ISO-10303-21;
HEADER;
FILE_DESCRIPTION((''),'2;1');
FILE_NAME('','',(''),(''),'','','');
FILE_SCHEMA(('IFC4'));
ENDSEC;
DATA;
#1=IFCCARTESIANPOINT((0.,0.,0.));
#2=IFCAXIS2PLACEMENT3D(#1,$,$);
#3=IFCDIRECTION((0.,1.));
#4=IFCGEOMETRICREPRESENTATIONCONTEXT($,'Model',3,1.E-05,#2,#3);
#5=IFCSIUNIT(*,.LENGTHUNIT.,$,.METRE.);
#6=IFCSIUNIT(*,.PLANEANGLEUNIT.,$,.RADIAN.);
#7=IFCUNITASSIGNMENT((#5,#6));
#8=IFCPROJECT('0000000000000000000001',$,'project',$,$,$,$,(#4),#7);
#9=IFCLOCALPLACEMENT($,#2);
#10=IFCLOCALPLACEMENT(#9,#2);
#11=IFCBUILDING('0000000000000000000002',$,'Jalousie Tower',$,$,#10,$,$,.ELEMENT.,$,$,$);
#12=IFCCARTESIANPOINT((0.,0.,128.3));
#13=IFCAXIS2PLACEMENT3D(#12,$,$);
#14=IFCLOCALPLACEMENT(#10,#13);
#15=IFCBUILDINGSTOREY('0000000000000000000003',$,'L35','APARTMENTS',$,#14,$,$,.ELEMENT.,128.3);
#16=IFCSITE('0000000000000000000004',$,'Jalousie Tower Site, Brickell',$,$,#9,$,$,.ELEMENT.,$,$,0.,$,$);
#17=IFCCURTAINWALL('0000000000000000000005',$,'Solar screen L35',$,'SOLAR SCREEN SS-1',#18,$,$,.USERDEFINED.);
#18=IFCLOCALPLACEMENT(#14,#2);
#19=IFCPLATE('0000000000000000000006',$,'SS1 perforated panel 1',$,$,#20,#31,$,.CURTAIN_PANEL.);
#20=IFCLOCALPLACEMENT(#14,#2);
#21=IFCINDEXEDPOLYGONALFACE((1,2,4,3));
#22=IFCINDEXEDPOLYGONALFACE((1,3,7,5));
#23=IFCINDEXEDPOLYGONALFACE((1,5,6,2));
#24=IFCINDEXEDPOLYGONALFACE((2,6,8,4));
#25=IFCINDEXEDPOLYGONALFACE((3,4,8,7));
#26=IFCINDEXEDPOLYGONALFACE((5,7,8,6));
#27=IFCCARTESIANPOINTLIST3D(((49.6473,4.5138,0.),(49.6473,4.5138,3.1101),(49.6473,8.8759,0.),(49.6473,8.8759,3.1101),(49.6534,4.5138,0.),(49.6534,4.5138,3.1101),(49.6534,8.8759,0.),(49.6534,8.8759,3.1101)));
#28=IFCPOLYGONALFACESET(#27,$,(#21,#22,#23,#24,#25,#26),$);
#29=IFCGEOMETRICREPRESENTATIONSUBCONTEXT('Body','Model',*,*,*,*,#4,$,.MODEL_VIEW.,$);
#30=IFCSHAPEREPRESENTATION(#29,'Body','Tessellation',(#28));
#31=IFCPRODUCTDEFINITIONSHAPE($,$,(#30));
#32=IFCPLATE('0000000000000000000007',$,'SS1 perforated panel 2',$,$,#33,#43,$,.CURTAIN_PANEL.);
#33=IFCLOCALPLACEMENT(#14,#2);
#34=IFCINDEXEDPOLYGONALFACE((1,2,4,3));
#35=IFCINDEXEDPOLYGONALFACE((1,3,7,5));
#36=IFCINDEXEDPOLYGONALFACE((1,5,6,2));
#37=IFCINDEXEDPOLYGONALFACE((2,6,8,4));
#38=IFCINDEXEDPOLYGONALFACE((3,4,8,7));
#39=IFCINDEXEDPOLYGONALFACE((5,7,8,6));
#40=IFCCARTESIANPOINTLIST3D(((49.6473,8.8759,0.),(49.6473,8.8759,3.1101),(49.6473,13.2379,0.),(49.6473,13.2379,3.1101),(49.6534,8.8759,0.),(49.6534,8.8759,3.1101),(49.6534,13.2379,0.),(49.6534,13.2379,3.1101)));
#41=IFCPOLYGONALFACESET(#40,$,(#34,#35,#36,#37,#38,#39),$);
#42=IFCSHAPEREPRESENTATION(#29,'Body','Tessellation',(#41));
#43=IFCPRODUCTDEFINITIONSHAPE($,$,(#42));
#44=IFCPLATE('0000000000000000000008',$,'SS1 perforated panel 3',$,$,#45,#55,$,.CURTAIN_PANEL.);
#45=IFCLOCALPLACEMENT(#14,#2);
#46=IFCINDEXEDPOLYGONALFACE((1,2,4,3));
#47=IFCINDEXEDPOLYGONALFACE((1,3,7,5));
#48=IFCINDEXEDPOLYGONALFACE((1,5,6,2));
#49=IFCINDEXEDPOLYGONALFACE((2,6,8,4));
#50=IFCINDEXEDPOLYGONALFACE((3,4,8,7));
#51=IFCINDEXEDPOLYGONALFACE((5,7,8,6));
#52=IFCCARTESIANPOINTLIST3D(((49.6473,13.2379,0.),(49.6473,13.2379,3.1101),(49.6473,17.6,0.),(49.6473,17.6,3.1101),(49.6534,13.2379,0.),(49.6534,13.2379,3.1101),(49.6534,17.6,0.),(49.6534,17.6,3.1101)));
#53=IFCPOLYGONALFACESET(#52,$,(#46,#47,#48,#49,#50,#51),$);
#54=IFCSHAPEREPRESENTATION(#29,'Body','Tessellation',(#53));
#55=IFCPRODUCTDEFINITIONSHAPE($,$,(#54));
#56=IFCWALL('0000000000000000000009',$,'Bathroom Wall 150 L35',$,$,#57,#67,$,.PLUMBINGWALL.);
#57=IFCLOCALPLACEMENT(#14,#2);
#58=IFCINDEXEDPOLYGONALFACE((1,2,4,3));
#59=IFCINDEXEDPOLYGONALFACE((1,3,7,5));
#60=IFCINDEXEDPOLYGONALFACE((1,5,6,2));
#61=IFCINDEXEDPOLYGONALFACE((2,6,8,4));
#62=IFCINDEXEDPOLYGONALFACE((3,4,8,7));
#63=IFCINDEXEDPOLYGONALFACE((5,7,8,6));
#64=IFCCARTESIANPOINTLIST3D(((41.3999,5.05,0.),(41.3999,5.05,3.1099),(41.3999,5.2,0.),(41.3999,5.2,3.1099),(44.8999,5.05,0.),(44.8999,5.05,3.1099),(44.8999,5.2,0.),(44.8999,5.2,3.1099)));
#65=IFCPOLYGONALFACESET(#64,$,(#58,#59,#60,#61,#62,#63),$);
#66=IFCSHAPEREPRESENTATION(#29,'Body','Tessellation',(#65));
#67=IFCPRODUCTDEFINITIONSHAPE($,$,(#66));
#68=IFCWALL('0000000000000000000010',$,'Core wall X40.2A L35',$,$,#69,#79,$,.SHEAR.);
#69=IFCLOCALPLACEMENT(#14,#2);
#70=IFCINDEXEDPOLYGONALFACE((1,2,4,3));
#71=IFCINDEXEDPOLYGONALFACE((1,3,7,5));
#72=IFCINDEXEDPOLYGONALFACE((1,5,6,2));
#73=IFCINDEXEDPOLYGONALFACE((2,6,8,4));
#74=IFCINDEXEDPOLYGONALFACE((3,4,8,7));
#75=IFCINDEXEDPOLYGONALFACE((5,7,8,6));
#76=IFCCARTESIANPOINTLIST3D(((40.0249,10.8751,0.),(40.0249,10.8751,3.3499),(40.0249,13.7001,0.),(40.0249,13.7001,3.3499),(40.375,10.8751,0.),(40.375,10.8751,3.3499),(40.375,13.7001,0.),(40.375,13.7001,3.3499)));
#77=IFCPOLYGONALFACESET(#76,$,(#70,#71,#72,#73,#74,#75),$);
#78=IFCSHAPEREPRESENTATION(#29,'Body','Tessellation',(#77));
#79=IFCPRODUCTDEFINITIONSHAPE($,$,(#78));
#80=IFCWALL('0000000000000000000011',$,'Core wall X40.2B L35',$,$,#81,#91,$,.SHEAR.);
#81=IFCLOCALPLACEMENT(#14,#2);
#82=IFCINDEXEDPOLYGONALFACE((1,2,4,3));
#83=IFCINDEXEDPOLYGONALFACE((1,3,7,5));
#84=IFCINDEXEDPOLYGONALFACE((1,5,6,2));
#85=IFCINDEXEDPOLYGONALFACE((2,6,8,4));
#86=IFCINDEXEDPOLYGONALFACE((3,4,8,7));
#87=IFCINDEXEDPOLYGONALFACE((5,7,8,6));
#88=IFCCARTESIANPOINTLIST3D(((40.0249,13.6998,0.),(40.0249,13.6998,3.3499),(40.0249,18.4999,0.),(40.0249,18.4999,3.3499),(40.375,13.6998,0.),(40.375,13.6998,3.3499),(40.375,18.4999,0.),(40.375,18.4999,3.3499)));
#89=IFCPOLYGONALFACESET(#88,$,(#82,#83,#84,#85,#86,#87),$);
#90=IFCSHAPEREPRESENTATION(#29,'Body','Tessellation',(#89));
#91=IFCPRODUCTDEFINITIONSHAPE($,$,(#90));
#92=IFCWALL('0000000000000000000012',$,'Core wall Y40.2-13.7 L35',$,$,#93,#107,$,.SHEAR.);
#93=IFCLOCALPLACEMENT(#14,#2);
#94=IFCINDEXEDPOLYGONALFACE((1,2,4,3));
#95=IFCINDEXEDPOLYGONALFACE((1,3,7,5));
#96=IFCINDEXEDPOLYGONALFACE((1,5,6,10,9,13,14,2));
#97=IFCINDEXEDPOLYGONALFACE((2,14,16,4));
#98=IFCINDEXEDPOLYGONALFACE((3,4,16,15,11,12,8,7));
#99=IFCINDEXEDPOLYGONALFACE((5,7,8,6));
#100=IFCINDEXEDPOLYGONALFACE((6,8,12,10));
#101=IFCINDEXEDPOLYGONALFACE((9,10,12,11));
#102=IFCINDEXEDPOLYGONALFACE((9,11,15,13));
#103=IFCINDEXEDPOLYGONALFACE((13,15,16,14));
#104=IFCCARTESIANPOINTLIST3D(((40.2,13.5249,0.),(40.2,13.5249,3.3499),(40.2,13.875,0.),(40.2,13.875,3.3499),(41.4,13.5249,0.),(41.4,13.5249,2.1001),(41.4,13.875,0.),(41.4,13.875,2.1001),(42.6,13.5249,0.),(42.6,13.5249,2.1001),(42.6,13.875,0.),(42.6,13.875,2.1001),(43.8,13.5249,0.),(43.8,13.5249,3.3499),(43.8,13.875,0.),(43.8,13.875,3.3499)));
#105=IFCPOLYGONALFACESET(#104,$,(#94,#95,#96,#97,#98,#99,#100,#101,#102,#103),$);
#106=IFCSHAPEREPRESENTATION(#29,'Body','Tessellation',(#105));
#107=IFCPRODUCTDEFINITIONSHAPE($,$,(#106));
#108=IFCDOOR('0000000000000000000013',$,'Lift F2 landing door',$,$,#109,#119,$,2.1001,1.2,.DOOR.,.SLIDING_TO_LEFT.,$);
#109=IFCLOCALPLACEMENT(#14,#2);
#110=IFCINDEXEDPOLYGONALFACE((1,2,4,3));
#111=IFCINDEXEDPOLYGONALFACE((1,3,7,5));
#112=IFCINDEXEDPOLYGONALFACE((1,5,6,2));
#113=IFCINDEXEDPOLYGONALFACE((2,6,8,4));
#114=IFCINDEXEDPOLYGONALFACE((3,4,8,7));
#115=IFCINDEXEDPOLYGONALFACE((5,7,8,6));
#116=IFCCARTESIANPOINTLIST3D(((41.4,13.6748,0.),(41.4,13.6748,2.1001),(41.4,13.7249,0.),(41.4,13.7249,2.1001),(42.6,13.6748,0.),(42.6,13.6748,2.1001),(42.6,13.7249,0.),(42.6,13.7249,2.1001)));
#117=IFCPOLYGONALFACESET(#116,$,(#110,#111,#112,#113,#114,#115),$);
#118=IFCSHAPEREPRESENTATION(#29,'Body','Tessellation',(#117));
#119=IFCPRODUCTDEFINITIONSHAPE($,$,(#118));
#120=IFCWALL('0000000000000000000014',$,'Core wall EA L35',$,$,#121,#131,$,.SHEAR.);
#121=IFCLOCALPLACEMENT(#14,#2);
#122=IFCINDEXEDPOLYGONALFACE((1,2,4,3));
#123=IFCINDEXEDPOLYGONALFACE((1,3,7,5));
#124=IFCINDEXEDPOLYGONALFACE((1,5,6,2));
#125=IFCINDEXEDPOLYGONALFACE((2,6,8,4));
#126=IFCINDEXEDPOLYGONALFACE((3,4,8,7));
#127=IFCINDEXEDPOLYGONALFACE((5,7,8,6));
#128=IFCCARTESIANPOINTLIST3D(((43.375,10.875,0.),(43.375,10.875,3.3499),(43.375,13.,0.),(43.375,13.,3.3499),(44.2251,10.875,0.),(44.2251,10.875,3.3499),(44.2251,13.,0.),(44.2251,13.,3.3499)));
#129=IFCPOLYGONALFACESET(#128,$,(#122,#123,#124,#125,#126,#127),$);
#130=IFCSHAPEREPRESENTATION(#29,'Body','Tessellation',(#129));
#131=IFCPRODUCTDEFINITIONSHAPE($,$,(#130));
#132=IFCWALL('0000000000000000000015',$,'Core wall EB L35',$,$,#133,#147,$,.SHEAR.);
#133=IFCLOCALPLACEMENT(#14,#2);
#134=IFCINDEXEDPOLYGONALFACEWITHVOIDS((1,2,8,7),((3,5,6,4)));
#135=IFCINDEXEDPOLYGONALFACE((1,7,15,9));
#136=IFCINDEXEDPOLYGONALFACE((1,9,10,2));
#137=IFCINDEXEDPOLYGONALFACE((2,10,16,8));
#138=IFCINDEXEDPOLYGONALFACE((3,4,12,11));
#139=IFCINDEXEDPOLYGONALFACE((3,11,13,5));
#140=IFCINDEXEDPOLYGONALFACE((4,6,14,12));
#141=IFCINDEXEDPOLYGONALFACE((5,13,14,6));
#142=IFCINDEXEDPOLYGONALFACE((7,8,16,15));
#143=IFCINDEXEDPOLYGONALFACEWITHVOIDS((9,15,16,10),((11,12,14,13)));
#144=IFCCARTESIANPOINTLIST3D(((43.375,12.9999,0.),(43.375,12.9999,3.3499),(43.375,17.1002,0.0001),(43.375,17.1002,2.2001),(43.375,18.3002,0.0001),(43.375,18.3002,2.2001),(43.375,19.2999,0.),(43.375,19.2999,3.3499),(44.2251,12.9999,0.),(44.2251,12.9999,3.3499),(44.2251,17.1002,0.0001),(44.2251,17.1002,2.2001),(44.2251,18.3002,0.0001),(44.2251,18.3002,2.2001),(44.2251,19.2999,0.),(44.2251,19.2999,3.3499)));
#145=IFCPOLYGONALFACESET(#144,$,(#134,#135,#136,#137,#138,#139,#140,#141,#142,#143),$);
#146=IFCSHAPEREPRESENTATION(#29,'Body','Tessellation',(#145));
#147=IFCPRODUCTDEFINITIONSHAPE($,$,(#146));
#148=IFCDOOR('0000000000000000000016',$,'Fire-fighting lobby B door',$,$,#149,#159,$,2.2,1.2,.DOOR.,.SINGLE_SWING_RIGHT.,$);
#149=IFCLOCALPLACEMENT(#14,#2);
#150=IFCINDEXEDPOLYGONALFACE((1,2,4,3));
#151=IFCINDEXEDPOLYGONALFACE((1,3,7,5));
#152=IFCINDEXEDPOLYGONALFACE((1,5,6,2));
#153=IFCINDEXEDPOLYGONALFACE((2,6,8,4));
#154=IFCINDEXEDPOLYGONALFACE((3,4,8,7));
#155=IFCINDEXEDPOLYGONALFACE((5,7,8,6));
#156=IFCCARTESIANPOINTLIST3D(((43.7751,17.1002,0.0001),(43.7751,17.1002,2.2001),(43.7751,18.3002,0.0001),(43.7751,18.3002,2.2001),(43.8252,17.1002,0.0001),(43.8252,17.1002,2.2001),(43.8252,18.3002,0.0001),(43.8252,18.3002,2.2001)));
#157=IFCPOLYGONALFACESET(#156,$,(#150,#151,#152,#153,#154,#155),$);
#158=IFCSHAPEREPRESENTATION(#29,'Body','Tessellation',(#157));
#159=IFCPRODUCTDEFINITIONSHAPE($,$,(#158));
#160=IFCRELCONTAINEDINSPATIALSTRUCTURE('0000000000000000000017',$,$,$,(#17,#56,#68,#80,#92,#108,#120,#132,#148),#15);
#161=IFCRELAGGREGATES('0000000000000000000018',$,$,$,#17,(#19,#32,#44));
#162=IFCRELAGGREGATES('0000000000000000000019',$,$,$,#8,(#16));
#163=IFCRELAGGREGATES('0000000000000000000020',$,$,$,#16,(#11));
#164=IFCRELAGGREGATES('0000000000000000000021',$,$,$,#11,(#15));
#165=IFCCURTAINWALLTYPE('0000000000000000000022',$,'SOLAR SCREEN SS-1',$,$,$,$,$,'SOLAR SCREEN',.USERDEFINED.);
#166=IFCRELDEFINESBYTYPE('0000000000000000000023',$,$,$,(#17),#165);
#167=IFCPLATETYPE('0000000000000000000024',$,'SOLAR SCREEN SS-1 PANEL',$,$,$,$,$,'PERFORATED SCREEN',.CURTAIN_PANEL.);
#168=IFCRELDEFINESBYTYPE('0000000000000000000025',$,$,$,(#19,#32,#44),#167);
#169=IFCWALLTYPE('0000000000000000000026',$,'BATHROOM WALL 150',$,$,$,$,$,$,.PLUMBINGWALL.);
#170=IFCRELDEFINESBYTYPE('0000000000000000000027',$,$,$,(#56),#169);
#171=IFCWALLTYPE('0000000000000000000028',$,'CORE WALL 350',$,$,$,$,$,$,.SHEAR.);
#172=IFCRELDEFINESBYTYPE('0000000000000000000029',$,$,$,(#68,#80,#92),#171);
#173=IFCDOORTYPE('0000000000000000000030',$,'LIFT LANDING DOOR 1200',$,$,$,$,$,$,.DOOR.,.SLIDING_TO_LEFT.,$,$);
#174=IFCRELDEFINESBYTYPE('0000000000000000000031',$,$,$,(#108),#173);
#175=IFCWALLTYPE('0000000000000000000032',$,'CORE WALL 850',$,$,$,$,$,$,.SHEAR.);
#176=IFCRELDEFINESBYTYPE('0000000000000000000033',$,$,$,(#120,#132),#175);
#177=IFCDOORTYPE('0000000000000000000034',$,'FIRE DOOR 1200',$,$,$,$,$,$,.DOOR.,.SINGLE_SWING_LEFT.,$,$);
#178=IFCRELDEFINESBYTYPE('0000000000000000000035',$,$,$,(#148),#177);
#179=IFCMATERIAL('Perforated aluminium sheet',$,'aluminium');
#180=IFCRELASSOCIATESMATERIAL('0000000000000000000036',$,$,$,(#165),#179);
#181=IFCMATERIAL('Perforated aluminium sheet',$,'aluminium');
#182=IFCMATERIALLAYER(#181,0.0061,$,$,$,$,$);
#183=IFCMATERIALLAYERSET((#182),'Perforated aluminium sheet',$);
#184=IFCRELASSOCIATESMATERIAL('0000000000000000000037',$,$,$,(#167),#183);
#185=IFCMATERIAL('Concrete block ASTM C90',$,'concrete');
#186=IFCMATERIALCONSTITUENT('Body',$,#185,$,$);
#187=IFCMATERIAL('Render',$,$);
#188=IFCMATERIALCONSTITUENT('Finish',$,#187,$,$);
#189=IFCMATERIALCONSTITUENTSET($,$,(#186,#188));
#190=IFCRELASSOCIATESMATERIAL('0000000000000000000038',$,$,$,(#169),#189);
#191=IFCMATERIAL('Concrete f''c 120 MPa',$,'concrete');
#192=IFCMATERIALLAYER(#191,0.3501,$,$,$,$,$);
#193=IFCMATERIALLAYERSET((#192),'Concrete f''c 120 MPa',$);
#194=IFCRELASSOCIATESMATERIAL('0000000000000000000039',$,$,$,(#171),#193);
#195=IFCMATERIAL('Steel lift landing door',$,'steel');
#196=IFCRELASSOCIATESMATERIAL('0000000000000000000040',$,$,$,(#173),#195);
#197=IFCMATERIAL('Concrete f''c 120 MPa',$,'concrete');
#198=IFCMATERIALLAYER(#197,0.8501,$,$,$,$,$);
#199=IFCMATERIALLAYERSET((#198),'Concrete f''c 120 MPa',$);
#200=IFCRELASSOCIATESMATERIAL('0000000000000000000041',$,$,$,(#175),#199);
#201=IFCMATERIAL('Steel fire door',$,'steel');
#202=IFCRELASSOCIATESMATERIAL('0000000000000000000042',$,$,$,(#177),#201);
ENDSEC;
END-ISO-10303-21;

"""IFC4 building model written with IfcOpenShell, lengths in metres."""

from ifc_helpers import new_model, si_unit, direction, frame, frame_2d, origin, origin_2d, place, context, subcontext, project, spatial, rectangle, extrude, material, layer, layer_set, constituent, constituent_set, type_object, element, fill, aggregate, save


model = new_model("IFC4")

# Units and contexts
model_context = context("Model", 3, precision=1e-05, world=origin(), true_north=direction((0.0, 1.0)))
body_context = subcontext(model_context, "Body", "Model", "MODEL_VIEW")
ifc_project = project(units=[si_unit("LENGTHUNIT", "METRE"), si_unit("PLANEANGLEUNIT", "RADIAN")], contexts=[model_context])

# Site, building, storey
site_placement = place(None, origin())
site = spatial("IfcSite", under=ifc_project, at=site_placement, Name="Jalousie Tower Site, Brickell", CompositionType="ELEMENT", RefElevation=0.0)
building_placement = place(site_placement, origin())
building = spatial("IfcBuilding", under=site, at=building_placement, Name="Jalousie Tower", CompositionType="ELEMENT")
storey_placement = place(building_placement, frame((0.0, 0.0, 128.3)))
storey = spatial("IfcBuildingStorey", under=building, at=storey_placement, Name="L35", Description="APARTMENTS", CompositionType="ELEMENT", Elevation=128.3)

# Curtain wall, plates
ifc_material_1 = material(Name="Perforated aluminium sheet", Category="aluminium")
curtain_wall_type = type_object("IfcCurtainWallType", Name="SOLAR SCREEN SS-1", ElementType="SOLAR SCREEN", PredefinedType="USERDEFINED", material=ifc_material_1)
curtain_wall_placement = place(storey_placement, origin())
curtain_wall = element("IfcCurtainWall", 1, at=curtain_wall_placement, inside=storey, type_object=curtain_wall_type, Name="Solar screen L35", ObjectType="SOLAR SCREEN SS-1", PredefinedType="USERDEFINED")
ifc_material_2 = material(Name="Perforated aluminium sheet", Category="aluminium")
ifc_layer_1 = layer(ifc_material_2, 0.0061)
ifc_layer_set_1 = layer_set([ifc_layer_1], Name="Perforated aluminium sheet")
plate_type = type_object("IfcPlateType", Name="SOLAR SCREEN SS-1 PANEL", ElementType="PERFORATED SCREEN", PredefinedType="CURTAIN_PANEL", material=ifc_layer_set_1)
plate_1_placement = place(storey_placement, frame((49.6504, 6.6948, 0.0), z_axis=(0.0, 0.0, 1.0), x_axis=(0.0, 1.0, 0.0)))
plate_1 = element("IfcPlate", 2, at=plate_1_placement, type_object=plate_type, Name="SS1 perforated panel 1", PredefinedType="CURTAIN_PANEL", context=body_context, shape_type="SweptSolid", body=[
    extrude(rectangle(XDim=4.3621, YDim=0.0061, at=origin_2d()), origin(), (0.0, 0.0, 1.0), 3.1101),
])
plate_2_placement = place(storey_placement, frame((49.6504, 11.0569, 0.0), z_axis=(0.0, 0.0, 1.0), x_axis=(0.0, 1.0, 0.0)))
plate_2 = element("IfcPlate", 3, at=plate_2_placement, type_object=plate_type, Name="SS1 perforated panel 2", PredefinedType="CURTAIN_PANEL", context=body_context, shape_type="SweptSolid", body=[
    extrude(rectangle(XDim=4.3621, YDim=0.0061, at=origin_2d()), origin(), (0.0, 0.0, 1.0), 3.1101),
])
plate_3_placement = place(storey_placement, frame((49.6504, 15.4189, 0.0), z_axis=(0.0, 0.0, 1.0), x_axis=(0.0, 1.0, 0.0)))
plate_3 = element("IfcPlate", 4, at=plate_3_placement, type_object=plate_type, Name="SS1 perforated panel 3", PredefinedType="CURTAIN_PANEL", context=body_context, shape_type="SweptSolid", body=[
    extrude(rectangle(XDim=4.3621, YDim=0.0061, at=origin_2d()), origin(), (0.0, 0.0, 1.0), 3.1101),
])
aggregate(curtain_wall, [plate_1, plate_2, plate_3])

# Walls
ifc_material_3 = material(Name="Concrete block ASTM C90", Category="concrete")
ifc_constituent_1 = constituent(ifc_material_3, Name="Body")
ifc_material_4 = material(Name="Render")
ifc_constituent_2 = constituent(ifc_material_4, Name="Finish")
ifc_constituent_set_1 = constituent_set(constituents=[ifc_constituent_1, ifc_constituent_2])
wall_type_1 = type_object("IfcWallType", Name="BATHROOM WALL 150", PredefinedType="PLUMBINGWALL", material=ifc_constituent_set_1)
wall_1_placement = place(storey_placement, frame((41.3999, 5.125, 0.0), z_axis=(0.0, 0.0, 1.0), x_axis=(1.0, 0.0, 0.0)))
element("IfcWall", 5, at=wall_1_placement, inside=storey, type_object=wall_type_1, Name="Bathroom Wall 150 L35", PredefinedType="PLUMBINGWALL", context=body_context, shape_type="SweptSolid", body=[
    extrude(rectangle(XDim=3.5, YDim=0.1499, at=frame_2d((1.75, 0.0))), origin(), (0.0, 0.0, 1.0), 3.1099),
])
ifc_material_5 = material(Name="Concrete f'c 120 MPa", Category="concrete")
ifc_layer_2 = layer(ifc_material_5, 0.3501)
ifc_layer_set_2 = layer_set([ifc_layer_2], Name="Concrete f'c 120 MPa")
wall_type_2 = type_object("IfcWallType", Name="CORE WALL 350", PredefinedType="SHEAR", material=ifc_layer_set_2)
wall_2_placement = place(storey_placement, frame((40.2, 10.875, 0.0), z_axis=(0.0, 0.0, 1.0), x_axis=(0.0, 1.0, 0.0)))
element("IfcWall", 6, at=wall_2_placement, inside=storey, type_object=wall_type_2, Name="Core wall X40.2A L35", PredefinedType="SHEAR", context=body_context, shape_type="SweptSolid", body=[
    extrude(rectangle(XDim=2.825, YDim=0.3501, at=frame_2d((1.4126, 0.0))), origin(), (0.0, 0.0, 1.0), 3.3499),
])
wall_3_placement = place(storey_placement, frame((40.2, 13.7, 0.0), z_axis=(0.0, 0.0, 1.0), x_axis=(0.0, 1.0, 0.0)))
element("IfcWall", 7, at=wall_3_placement, inside=storey, type_object=wall_type_2, Name="Core wall X40.2B L35", PredefinedType="SHEAR", context=body_context, shape_type="SweptSolid", body=[
    extrude(rectangle(XDim=4.8, YDim=0.3501, at=frame_2d((2.3999, 0.0))), origin(), (0.0, 0.0, 1.0), 3.3499),
])

# Wall, opening, door
wall_4_placement = place(storey_placement, frame((40.2, 13.7, 0.0), z_axis=(0.0, 0.0, 1.0), x_axis=(1.0, 0.0, 0.0)))
wall_4 = element("IfcWall", 8, at=wall_4_placement, inside=storey, type_object=wall_type_2, Name="Core wall Y40.2-13.7 L35", PredefinedType="SHEAR", context=body_context, shape_type="SweptSolid", body=[
    extrude(rectangle(XDim=3.6001, YDim=0.3501, at=frame_2d((1.8, 0.0))), origin(), (0.0, 0.0, 1.0), 3.3499),
])
opening_1_placement = place(wall_4_placement, frame((1.2, 0.0, 0.0)))
opening_1 = element("IfcOpeningElement", 9, at=opening_1_placement, cuts=wall_4, PredefinedType="OPENING", context=body_context, shape_type="SweptSolid", body=[
    extrude(rectangle(XDim=1.2, YDim=2.1001, at=frame_2d((0.6001, 1.05))), frame((0.0, 0.1851, 0.0), z_axis=(0.0, -1.0, 0.0), x_axis=(1.0, 0.0, 0.0)), (0.0, 0.0, 1.0), 0.3701),
])
ifc_material_6 = material(Name="Steel lift landing door", Category="steel")
door_type_1 = type_object("IfcDoorType", Name="LIFT LANDING DOOR 1200", OperationType="SLIDING_TO_LEFT", PredefinedType="DOOR", material=ifc_material_6)
door_1_placement = place(opening_1_placement, origin())
door_1 = element("IfcDoor", 10, at=door_1_placement, inside=storey, type_object=door_type_1, Name="Lift F2 landing door", OperationType="SLIDING_TO_LEFT", OverallHeight=2.1001, OverallWidth=1.2, PredefinedType="DOOR", context=body_context, shape_type="SweptSolid", body=[
    extrude(rectangle(XDim=1.2, YDim=2.1001, at=frame_2d((0.6001, 1.05))), frame((0.0, 0.0249, 0.0), z_axis=(0.0, -1.0, 0.0), x_axis=(1.0, 0.0, 0.0)), (0.0, 0.0, 1.0), 0.05),
])
fill(opening_1, door_1)

# Wall
ifc_material_7 = material(Name="Concrete f'c 120 MPa", Category="concrete")
ifc_layer_3 = layer(ifc_material_7, 0.8501)
ifc_layer_set_3 = layer_set([ifc_layer_3], Name="Concrete f'c 120 MPa")
wall_type_3 = type_object("IfcWallType", Name="CORE WALL 850", PredefinedType="SHEAR", material=ifc_layer_set_3)
wall_5_placement = place(storey_placement, frame((43.8, 10.875, 0.0), z_axis=(0.0, 0.0, 1.0), x_axis=(0.0, 1.0, 0.0)))
element("IfcWall", 11, at=wall_5_placement, inside=storey, type_object=wall_type_3, Name="Core wall EA L35", PredefinedType="SHEAR", context=body_context, shape_type="SweptSolid", body=[
    extrude(rectangle(XDim=2.125, YDim=0.8501, at=frame_2d((1.0625, 0.0))), origin(), (0.0, 0.0, 1.0), 3.3499),
])

# Wall, opening, door
wall_6_placement = place(storey_placement, frame((43.8, 13.0, 0.0), z_axis=(0.0, 0.0, 1.0), x_axis=(0.0, 1.0, 0.0)))
wall_6 = element("IfcWall", 12, at=wall_6_placement, inside=storey, type_object=wall_type_3, Name="Core wall EB L35", PredefinedType="SHEAR", context=body_context, shape_type="SweptSolid", body=[
    extrude(rectangle(XDim=6.3, YDim=0.8501, at=frame_2d((3.1499, 0.0))), origin(), (0.0, 0.0, 1.0), 3.3499),
])
opening_2_placement = place(wall_6_placement, frame((4.1001, 0.0, 0.0)))
opening_2 = element("IfcOpeningElement", 13, at=opening_2_placement, cuts=wall_6, PredefinedType="OPENING", context=body_context, shape_type="SweptSolid", body=[
    extrude(rectangle(XDim=1.2, YDim=2.2, at=frame_2d((0.6001, 1.1001))), frame((0.0, 0.4351, 0.0), z_axis=(0.0, -1.0, 0.0), x_axis=(1.0, 0.0, 0.0)), (0.0, 0.0, 1.0), 0.8701),
])
ifc_material_8 = material(Name="Steel fire door", Category="steel")
door_type_2 = type_object("IfcDoorType", Name="FIRE DOOR 1200", OperationType="SINGLE_SWING_LEFT", PredefinedType="DOOR", material=ifc_material_8)
door_2_placement = place(opening_2_placement, origin())
door_2 = element("IfcDoor", 14, at=door_2_placement, inside=storey, type_object=door_type_2, Name="Fire-fighting lobby B door", OperationType="SINGLE_SWING_RIGHT", OverallHeight=2.2, OverallWidth=1.2, PredefinedType="DOOR", context=body_context, shape_type="SweptSolid", body=[
    extrude(rectangle(XDim=1.2, YDim=2.2, at=frame_2d((0.6001, 1.1001))), frame((0.0, 0.0249, 0.0), z_axis=(0.0, -1.0, 0.0), x_axis=(1.0, 0.0, 0.0)), (0.0, 0.0, 1.0), 0.05),
])
fill(opening_2, door_2)

save(model, "model.ifc")
